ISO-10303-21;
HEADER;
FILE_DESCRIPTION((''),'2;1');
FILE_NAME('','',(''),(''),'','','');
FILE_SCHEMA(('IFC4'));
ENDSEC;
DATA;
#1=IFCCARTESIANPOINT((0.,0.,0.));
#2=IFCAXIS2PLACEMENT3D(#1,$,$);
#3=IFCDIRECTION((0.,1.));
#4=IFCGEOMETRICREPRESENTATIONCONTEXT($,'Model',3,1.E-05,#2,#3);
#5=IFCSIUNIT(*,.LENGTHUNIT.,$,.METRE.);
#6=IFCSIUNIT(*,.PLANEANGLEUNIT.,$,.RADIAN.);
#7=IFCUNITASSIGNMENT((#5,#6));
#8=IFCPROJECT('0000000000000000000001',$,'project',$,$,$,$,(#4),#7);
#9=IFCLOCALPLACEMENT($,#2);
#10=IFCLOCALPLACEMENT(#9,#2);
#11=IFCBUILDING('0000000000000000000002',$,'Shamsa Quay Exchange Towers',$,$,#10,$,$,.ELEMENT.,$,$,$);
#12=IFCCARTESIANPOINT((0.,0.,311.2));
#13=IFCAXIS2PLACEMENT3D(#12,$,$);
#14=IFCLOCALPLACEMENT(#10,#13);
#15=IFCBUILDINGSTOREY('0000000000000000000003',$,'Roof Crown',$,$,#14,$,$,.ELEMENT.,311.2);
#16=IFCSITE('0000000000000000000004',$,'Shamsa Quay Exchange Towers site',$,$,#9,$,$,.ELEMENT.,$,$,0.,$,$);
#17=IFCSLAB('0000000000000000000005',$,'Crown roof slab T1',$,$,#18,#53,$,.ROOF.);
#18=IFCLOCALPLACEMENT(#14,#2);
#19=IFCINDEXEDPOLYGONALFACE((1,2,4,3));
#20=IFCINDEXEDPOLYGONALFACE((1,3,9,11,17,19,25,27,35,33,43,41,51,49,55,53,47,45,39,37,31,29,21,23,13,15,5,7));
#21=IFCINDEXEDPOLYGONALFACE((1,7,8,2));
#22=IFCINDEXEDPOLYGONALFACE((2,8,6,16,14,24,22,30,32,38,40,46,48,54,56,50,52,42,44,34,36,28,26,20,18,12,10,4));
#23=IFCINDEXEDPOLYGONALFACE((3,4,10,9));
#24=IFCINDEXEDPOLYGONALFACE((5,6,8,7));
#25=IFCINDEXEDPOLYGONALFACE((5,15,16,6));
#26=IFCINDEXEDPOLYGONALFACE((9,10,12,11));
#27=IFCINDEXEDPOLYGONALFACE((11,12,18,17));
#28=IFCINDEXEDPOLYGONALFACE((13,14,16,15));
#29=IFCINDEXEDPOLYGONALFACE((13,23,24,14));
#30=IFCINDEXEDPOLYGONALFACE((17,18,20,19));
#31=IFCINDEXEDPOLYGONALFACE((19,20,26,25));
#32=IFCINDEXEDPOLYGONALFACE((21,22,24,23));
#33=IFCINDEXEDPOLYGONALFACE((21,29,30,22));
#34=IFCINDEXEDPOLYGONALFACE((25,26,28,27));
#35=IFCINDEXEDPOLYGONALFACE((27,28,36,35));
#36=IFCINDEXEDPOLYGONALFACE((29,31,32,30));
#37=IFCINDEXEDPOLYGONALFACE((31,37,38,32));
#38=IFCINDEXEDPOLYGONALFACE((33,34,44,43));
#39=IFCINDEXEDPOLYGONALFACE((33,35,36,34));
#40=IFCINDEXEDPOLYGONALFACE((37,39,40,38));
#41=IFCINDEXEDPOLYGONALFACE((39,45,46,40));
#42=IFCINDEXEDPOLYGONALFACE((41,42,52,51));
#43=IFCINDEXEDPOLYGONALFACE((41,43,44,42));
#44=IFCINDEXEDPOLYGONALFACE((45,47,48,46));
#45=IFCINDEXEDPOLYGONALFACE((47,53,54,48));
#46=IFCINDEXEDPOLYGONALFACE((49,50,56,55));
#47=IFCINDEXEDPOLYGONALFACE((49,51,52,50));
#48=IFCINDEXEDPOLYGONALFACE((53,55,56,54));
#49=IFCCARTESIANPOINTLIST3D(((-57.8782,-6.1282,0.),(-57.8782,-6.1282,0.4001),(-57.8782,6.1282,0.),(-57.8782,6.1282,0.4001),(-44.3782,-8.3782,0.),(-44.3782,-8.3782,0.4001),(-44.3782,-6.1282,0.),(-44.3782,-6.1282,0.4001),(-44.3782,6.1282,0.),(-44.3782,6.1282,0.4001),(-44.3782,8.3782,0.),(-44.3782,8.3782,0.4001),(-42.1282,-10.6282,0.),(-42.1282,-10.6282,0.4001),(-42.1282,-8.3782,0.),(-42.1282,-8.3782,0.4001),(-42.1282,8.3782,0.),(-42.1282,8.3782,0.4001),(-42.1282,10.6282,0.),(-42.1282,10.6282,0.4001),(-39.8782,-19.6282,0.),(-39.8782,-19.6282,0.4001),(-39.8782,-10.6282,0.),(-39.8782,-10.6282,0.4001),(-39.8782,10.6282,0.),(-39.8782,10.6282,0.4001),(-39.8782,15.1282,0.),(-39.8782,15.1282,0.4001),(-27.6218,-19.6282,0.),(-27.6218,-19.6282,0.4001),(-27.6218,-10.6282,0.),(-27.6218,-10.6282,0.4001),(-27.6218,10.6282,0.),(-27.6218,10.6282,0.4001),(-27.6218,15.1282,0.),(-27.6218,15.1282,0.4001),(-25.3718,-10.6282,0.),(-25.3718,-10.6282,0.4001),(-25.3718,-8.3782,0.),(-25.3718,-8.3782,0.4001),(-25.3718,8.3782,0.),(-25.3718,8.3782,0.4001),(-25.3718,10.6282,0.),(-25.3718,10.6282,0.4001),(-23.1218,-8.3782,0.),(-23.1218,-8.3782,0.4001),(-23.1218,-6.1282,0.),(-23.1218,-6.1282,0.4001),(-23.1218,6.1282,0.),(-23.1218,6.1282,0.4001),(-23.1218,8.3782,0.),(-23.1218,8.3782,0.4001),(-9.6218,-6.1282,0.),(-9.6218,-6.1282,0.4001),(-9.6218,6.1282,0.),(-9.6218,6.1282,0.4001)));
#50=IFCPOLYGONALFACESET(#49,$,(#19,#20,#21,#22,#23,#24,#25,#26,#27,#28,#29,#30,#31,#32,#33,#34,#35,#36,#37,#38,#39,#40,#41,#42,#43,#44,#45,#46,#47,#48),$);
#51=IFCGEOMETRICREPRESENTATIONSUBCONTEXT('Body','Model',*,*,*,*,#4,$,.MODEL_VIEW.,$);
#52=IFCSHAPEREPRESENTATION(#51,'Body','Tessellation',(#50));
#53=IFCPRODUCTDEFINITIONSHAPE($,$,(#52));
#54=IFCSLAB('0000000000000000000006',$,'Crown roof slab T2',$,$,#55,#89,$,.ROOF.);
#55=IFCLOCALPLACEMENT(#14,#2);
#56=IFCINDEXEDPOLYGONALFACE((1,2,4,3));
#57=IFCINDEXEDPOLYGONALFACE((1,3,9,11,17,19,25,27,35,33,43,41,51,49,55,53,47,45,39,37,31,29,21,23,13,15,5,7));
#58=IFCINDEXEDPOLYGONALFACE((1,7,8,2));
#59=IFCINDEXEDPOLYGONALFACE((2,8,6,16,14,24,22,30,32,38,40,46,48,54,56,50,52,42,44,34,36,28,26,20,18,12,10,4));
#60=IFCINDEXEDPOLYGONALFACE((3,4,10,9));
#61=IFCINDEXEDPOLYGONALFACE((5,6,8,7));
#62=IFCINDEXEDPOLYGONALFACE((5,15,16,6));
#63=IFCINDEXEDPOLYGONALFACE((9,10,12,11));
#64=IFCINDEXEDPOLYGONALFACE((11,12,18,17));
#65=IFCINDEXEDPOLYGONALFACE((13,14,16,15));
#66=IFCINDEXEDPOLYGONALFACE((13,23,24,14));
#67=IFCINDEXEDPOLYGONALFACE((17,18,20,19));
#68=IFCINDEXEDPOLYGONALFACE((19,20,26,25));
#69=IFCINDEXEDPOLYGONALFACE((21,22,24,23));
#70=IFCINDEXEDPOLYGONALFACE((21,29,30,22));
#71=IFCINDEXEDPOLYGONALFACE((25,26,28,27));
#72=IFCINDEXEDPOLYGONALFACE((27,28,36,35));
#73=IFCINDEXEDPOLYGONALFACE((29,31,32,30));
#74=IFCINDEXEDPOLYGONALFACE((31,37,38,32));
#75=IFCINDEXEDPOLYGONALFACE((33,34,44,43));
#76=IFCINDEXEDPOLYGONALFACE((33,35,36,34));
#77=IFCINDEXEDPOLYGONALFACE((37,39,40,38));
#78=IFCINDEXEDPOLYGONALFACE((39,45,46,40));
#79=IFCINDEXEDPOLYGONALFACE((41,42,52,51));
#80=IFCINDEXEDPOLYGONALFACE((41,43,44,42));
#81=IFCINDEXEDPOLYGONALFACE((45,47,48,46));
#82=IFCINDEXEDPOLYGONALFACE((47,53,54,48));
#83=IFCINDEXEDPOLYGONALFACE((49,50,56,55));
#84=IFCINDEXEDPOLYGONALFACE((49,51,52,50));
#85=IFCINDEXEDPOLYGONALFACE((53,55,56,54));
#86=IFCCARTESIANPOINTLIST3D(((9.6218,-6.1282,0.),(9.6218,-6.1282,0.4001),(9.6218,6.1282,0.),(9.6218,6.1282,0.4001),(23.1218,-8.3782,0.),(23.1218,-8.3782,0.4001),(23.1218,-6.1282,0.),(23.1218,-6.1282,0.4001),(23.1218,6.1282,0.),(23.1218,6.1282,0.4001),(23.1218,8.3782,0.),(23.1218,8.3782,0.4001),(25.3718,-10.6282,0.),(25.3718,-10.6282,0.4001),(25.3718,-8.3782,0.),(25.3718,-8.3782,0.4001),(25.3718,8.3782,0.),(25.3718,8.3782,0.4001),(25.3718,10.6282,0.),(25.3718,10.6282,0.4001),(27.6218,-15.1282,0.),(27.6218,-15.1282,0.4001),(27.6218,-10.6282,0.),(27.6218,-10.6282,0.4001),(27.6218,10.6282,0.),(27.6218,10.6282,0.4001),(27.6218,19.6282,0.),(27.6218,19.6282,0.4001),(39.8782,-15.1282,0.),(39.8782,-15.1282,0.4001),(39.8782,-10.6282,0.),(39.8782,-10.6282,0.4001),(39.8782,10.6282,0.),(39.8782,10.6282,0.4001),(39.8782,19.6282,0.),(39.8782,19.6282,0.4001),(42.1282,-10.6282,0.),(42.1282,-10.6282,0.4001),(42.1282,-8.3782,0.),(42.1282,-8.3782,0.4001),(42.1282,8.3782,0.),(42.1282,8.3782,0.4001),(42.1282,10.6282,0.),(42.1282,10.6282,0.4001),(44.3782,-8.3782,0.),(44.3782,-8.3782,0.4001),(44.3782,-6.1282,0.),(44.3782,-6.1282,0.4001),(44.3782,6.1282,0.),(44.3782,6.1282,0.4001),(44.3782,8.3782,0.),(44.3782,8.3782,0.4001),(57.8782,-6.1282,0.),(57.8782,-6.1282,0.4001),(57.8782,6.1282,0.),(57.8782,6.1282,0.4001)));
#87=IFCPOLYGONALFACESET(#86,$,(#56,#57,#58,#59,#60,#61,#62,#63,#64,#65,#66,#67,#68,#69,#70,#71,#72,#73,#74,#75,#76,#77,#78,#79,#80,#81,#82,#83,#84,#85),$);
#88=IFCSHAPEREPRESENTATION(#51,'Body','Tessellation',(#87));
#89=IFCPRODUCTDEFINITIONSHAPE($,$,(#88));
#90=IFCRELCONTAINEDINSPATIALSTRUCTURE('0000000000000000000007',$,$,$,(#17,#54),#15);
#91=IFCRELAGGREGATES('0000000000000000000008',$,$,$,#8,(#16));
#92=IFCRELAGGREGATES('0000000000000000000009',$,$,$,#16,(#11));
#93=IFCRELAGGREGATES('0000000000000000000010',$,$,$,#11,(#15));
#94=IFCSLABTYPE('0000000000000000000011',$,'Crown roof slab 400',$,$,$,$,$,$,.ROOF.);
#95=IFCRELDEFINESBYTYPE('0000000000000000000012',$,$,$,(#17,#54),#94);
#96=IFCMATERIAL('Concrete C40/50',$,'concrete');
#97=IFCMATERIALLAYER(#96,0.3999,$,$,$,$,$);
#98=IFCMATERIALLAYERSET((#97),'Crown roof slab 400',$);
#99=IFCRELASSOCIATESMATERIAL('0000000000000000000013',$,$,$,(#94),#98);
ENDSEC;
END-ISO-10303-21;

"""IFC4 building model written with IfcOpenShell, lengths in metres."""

from ifc_helpers import new_model, si_unit, direction, frame, origin, place, context, subcontext, project, spatial, polyline, outline, extrude, material, layer, layer_set, type_object, element, save


model = new_model("IFC4")

# Units and contexts
model_context = context("Model", 3, precision=1e-05, world=origin(), true_north=direction((0.0, 1.0)))
body_context = subcontext(model_context, "Body", "Model", "MODEL_VIEW")
ifc_project = project(units=[si_unit("LENGTHUNIT", "METRE"), si_unit("PLANEANGLEUNIT", "RADIAN")], contexts=[model_context])

# Site, building, storey
site_placement = place(None, origin())
site = spatial("IfcSite", under=ifc_project, at=site_placement, Name="Shamsa Quay Exchange Towers site", CompositionType="ELEMENT", RefElevation=0.0)
building_placement = place(site_placement, origin())
building = spatial("IfcBuilding", under=site, at=building_placement, Name="Shamsa Quay Exchange Towers", CompositionType="ELEMENT")
storey_placement = place(building_placement, frame((0.0, 0.0, 311.2)))
storey = spatial("IfcBuildingStorey", under=building, at=storey_placement, Name="Roof Crown", CompositionType="ELEMENT", Elevation=311.2)

# Slabs
ifc_material_1 = material(Name="Concrete C40/50", Category="concrete")
ifc_layer_1 = layer(ifc_material_1, 0.3999)
ifc_layer_set_1 = layer_set([ifc_layer_1], Name="Crown roof slab 400")
slab_type = type_object("IfcSlabType", Name="Crown roof slab 400", PredefinedType="ROOF", material=ifc_layer_set_1)
slab_1_placement = place(storey_placement, origin())
element("IfcSlab", 1, at=slab_1_placement, inside=storey, type_object=slab_type, Name="Crown roof slab T1", PredefinedType="ROOF", context=body_context, shape_type="SweptSolid", body=[
    extrude(outline(polyline([(-39.8782, -19.6282), (-27.6218, -19.6282), (-27.6218, -10.6282), (-25.3718, -10.6282), (-25.3718, -8.3782), (-23.1218, -8.3782), (-23.1218, -6.1282), (-9.6218, -6.1282), (-9.6218, 6.1282), (-23.1218, 6.1282), (-23.1218, 8.3782), (-25.3718, 8.3782), (-25.3718, 10.6282), (-27.6218, 10.6282), (-27.6218, 15.1282), (-39.8782, 15.1282), (-39.8782, 10.6282), (-42.1282, 10.6282), (-42.1282, 8.3782), (-44.3782, 8.3782), (-44.3782, 6.1282), (-57.8782, 6.1282), (-57.8782, -6.1282), (-44.3782, -6.1282), (-44.3782, -8.3782), (-42.1282, -8.3782), (-42.1282, -10.6282), (-39.8782, -10.6282), (-39.8782, -19.6282)])), origin(), (0.0, 0.0, 1.0), 0.4001),
])
slab_2_placement = place(storey_placement, origin())
element("IfcSlab", 2, at=slab_2_placement, inside=storey, type_object=slab_type, Name="Crown roof slab T2", PredefinedType="ROOF", context=body_context, shape_type="SweptSolid", body=[
    extrude(outline(polyline([(27.6218, -15.1282), (39.8782, -15.1282), (39.8782, -10.6282), (42.1282, -10.6282), (42.1282, -8.3782), (44.3782, -8.3782), (44.3782, -6.1282), (57.8782, -6.1282), (57.8782, 6.1282), (44.3782, 6.1282), (44.3782, 8.3782), (42.1282, 8.3782), (42.1282, 10.6282), (39.8782, 10.6282), (39.8782, 19.6282), (27.6218, 19.6282), (27.6218, 10.6282), (25.3718, 10.6282), (25.3718, 8.3782), (23.1218, 8.3782), (23.1218, 6.1282), (9.6218, 6.1282), (9.6218, -6.1282), (23.1218, -6.1282), (23.1218, -8.3782), (25.3718, -8.3782), (25.3718, -10.6282), (27.6218, -10.6282), (27.6218, -15.1282)])), origin(), (0.0, 0.0, 1.0), 0.4001),
])

save(model, "model.ifc")
